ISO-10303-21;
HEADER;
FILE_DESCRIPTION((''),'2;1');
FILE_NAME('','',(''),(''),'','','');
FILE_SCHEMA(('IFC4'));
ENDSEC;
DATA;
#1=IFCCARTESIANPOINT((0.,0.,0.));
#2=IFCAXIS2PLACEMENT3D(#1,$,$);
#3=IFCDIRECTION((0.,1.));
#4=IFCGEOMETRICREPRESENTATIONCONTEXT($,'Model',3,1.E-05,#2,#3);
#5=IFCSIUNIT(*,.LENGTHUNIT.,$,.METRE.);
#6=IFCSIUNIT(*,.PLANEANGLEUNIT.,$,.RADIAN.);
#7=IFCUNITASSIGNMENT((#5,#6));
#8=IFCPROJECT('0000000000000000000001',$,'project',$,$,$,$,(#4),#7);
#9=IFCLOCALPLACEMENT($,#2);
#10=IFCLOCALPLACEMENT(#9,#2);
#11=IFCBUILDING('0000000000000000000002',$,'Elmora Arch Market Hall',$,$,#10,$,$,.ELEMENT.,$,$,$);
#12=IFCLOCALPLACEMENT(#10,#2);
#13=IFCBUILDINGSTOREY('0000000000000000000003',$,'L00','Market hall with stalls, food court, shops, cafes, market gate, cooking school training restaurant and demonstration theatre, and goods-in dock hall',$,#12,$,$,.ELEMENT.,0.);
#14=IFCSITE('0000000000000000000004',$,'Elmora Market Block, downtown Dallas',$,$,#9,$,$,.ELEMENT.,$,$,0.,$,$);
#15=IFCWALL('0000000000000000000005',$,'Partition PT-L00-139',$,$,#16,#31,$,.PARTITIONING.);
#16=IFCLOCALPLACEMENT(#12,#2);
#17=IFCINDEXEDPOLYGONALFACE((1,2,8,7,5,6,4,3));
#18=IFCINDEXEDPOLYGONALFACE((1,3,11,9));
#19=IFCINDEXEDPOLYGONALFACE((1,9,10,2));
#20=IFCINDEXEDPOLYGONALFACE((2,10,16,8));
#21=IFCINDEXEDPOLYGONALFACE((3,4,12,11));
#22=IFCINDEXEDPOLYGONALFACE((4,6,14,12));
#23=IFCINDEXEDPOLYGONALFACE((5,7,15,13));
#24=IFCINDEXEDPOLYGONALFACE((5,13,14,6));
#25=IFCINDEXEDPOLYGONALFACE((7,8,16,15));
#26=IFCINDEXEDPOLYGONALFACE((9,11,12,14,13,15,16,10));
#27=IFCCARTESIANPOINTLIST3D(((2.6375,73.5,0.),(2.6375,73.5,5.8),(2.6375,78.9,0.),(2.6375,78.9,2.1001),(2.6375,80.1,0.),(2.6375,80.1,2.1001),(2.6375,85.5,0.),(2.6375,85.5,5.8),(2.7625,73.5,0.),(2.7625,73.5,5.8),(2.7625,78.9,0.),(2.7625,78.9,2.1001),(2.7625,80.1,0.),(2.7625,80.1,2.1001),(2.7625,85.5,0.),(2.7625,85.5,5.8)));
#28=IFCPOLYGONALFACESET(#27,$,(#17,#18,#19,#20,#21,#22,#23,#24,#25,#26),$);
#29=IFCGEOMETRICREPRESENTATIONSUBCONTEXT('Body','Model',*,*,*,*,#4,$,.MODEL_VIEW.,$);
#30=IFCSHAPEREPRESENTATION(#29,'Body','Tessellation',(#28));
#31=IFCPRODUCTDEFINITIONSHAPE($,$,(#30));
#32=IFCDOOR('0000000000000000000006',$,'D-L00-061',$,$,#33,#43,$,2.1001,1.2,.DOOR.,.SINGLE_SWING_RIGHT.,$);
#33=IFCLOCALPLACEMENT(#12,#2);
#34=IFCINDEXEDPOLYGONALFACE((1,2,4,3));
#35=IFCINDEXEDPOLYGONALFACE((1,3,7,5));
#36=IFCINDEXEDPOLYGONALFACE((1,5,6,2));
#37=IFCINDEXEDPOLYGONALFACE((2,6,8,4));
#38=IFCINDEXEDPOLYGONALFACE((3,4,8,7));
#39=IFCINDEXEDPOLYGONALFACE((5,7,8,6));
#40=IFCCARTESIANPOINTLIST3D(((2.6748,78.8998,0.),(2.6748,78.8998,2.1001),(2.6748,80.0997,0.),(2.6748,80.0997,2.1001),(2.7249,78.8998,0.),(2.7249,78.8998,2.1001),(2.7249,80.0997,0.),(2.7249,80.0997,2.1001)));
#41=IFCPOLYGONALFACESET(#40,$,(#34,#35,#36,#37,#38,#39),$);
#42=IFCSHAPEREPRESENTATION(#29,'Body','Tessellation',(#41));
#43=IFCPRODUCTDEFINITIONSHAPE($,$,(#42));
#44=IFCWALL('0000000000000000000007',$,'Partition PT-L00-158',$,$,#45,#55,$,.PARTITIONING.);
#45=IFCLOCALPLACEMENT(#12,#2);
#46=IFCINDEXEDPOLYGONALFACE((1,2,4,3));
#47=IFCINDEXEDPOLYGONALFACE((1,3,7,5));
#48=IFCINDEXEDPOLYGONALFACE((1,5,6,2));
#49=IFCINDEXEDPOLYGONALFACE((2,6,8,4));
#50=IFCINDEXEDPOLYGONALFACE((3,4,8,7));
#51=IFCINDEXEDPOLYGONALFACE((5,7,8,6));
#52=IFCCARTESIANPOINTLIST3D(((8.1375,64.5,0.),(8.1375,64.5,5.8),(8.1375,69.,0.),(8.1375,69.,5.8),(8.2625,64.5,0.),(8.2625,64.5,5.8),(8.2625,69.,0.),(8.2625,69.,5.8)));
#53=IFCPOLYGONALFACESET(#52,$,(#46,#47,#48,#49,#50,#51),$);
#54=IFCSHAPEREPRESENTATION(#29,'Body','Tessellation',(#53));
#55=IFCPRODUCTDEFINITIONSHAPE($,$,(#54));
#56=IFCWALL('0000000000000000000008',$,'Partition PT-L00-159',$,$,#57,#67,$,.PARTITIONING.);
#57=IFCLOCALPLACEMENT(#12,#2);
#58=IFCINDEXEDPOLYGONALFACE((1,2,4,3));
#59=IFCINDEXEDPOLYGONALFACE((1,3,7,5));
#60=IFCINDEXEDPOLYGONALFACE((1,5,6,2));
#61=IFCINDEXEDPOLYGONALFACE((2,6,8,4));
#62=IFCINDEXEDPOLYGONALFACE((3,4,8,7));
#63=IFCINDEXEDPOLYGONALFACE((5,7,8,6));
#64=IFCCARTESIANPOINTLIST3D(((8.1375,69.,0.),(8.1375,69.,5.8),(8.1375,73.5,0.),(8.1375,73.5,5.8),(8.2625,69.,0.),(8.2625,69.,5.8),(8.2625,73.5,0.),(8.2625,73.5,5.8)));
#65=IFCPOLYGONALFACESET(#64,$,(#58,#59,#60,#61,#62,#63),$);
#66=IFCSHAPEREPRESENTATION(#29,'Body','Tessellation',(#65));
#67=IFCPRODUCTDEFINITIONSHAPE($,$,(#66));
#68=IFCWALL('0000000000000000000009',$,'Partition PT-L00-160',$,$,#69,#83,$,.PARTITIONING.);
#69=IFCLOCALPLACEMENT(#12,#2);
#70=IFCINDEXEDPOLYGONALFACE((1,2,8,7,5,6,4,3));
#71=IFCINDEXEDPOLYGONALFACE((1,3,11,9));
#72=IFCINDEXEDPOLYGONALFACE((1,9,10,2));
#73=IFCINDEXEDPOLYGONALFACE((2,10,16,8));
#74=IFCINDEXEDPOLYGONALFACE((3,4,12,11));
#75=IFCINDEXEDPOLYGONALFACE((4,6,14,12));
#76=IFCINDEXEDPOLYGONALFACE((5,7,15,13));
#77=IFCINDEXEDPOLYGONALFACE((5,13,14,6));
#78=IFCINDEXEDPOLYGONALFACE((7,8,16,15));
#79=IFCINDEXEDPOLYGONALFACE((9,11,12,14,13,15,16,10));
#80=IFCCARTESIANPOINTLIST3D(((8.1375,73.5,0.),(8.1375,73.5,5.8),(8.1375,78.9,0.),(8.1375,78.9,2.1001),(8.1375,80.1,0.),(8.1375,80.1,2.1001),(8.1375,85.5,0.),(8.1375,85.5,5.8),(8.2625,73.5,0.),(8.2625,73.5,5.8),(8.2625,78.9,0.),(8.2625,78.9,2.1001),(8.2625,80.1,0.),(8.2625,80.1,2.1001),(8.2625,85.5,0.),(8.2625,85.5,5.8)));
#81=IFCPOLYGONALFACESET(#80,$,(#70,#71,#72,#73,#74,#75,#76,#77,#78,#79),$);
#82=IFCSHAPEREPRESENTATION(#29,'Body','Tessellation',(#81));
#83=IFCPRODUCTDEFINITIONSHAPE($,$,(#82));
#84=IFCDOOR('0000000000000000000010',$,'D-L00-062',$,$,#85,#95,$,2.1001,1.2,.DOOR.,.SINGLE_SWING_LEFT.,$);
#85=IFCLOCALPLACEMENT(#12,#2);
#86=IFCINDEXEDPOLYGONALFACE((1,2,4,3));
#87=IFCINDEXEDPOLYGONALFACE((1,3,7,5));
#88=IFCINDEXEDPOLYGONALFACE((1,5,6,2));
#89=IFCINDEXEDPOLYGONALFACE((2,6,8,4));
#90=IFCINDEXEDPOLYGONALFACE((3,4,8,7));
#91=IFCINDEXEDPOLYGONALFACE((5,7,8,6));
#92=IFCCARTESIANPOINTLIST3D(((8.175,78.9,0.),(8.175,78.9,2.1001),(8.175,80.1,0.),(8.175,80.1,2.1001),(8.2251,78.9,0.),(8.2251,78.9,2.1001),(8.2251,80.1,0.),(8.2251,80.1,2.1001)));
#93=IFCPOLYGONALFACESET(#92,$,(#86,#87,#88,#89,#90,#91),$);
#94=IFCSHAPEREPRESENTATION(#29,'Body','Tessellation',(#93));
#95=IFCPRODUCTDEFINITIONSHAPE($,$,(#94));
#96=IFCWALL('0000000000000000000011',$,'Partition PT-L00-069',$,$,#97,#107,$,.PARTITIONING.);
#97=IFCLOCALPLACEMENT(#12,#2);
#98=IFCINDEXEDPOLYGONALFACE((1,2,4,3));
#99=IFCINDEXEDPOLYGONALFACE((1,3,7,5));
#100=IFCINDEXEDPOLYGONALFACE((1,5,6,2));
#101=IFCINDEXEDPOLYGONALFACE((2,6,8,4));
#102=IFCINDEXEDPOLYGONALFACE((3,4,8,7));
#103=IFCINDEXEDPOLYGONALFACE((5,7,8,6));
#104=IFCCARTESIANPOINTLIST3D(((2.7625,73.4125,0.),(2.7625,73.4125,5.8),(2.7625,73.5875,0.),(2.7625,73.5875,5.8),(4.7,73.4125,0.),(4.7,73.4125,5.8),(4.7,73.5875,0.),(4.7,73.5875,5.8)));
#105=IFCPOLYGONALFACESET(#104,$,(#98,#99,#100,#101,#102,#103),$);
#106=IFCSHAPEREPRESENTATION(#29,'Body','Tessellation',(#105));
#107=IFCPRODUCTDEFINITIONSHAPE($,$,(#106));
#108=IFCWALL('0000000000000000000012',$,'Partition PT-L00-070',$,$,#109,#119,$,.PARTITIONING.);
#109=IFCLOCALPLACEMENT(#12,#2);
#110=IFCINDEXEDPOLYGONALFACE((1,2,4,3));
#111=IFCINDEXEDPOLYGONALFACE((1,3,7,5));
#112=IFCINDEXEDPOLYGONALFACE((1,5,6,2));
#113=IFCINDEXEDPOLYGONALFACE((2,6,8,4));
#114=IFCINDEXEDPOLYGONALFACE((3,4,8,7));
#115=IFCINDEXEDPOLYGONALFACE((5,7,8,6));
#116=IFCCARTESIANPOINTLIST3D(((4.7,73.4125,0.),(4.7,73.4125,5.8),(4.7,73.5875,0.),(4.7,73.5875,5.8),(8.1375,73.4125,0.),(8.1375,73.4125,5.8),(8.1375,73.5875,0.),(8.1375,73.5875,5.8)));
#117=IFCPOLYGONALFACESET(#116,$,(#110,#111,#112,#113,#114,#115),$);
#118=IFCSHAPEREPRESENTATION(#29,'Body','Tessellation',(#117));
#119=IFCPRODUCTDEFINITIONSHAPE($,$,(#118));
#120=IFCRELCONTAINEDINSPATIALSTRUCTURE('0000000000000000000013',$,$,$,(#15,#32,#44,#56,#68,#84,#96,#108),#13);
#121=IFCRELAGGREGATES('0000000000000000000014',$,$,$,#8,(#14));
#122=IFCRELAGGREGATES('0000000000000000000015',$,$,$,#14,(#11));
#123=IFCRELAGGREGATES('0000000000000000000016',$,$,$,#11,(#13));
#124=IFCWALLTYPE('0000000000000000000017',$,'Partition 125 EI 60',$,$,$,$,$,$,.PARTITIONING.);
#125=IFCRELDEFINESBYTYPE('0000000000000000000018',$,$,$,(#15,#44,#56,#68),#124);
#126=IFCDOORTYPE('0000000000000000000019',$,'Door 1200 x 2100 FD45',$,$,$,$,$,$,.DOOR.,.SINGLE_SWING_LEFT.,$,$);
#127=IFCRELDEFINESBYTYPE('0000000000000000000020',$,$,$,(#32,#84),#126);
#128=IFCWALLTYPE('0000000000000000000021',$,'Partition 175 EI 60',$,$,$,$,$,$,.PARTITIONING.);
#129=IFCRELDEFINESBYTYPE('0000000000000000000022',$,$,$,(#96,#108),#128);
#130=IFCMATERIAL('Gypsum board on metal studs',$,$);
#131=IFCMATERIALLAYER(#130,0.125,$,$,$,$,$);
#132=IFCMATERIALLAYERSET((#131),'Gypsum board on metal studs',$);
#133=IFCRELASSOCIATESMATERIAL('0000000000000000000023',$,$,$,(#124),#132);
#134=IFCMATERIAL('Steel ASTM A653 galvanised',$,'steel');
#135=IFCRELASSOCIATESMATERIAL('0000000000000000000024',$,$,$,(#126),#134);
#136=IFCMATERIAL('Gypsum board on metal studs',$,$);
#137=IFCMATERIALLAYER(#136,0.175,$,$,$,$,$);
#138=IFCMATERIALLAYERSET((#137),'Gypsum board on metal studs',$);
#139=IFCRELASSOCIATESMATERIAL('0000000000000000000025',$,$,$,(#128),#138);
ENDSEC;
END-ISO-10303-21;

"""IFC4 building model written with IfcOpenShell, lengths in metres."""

from ifc_helpers import new_model, si_unit, direction, frame, frame_2d, origin, place, context, subcontext, project, spatial, rectangle, extrude, material, layer, layer_set, type_object, element, fill, save


model = new_model("IFC4")

# Units and contexts
model_context = context("Model", 3, precision=1e-05, world=origin(), true_north=direction((0.0, 1.0)))
body_context = subcontext(model_context, "Body", "Model", "MODEL_VIEW")
ifc_project = project(units=[si_unit("LENGTHUNIT", "METRE"), si_unit("PLANEANGLEUNIT", "RADIAN")], contexts=[model_context])

# Site, building, storey
site_placement = place(None, origin())
site = spatial("IfcSite", under=ifc_project, at=site_placement, Name="Elmora Market Block, downtown Dallas", CompositionType="ELEMENT", RefElevation=0.0)
building_placement = place(site_placement, origin())
building = spatial("IfcBuilding", under=site, at=building_placement, Name="Elmora Arch Market Hall", CompositionType="ELEMENT")
storey_placement = place(building_placement, origin())
storey = spatial("IfcBuildingStorey", under=building, at=storey_placement, Name="L00", Description="Market hall with stalls, food court, shops, cafes, market gate, cooking school training restaurant and demonstration theatre, and goods-in dock hall", CompositionType="ELEMENT", Elevation=0.0)

# Wall, opening, door
ifc_material_1 = material(Name="Gypsum board on metal studs")
ifc_layer_1 = layer(ifc_material_1, 0.125)
ifc_layer_set_1 = layer_set([ifc_layer_1], Name="Gypsum board on metal studs")
wall_type_1 = type_object("IfcWallType", Name="Partition 125 EI 60", PredefinedType="PARTITIONING", material=ifc_layer_set_1)
wall_1_placement = place(storey_placement, frame((2.7, 73.5, 0.0), z_axis=(0.0, 0.0, 1.0), x_axis=(0.0, 1.0, 0.0)))
wall_1 = element("IfcWall", 1, at=wall_1_placement, inside=storey, type_object=wall_type_1, Name="Partition PT-L00-139", PredefinedType="PARTITIONING", context=body_context, shape_type="SweptSolid", body=[
    extrude(rectangle(XDim=12.0, YDim=0.125, at=frame_2d((6.0, 0.0))), origin(), (0.0, 0.0, 1.0), 5.8),
])
opening_1_placement = place(wall_1_placement, frame((5.3999, 0.0, 0.0)))
opening_1 = element("IfcOpeningElement", 2, at=opening_1_placement, cuts=wall_1, PredefinedType="OPENING", context=body_context, shape_type="SweptSolid", body=[
    extrude(rectangle(XDim=1.2, YDim=2.1001, at=frame_2d((0.6001, 1.05))), frame((0.0, 0.0725, 0.0), z_axis=(0.0, -1.0, 0.0), x_axis=(1.0, 0.0, 0.0)), (0.0, 0.0, 1.0), 0.145),
])
ifc_material_2 = material(Name="Steel ASTM A653 galvanised", Category="steel")
door_type_1 = type_object("IfcDoorType", Name="Door 1200 x 2100 FD45", OperationType="SINGLE_SWING_LEFT", PredefinedType="DOOR", material=ifc_material_2)
door_1_placement = place(opening_1_placement, frame((1.2, 0.0, 0.0), z_axis=(0.0, 0.0, 1.0), x_axis=(-1.0, 0.0, 0.0)))
door_1 = element("IfcDoor", 3, at=door_1_placement, inside=storey, type_object=door_type_1, Name="D-L00-061", OperationType="SINGLE_SWING_RIGHT", OverallHeight=2.1001, OverallWidth=1.2, PredefinedType="DOOR", context=body_context, shape_type="SweptSolid", body=[
    extrude(rectangle(XDim=1.2, YDim=2.1001, at=frame_2d((0.6001, 1.05))), frame((0.0, 0.0249, 0.0), z_axis=(0.0, -1.0, 0.0), x_axis=(1.0, 0.0, 0.0)), (0.0, 0.0, 1.0), 0.05),
])
fill(opening_1, door_1)

# Walls
for number, where, z_axis, x_axis, name in (
    (4, (8.2, 64.5, 0.0), (0.0, 0.0, 1.0), (0.0, 1.0, 0.0), "Partition PT-L00-158"),
    (5, (8.2, 69.0, 0.0), (0.0, 0.0, 1.0), (0.0, 1.0, 0.0), "Partition PT-L00-159"),
):
    element("IfcWall", number, at=place(storey_placement, frame(where, z_axis=z_axis, x_axis=x_axis)), inside=storey, type_object=wall_type_1, Name=name, PredefinedType="PARTITIONING", context=body_context, shape_type="SweptSolid", body=[
        extrude(rectangle(XDim=4.5, YDim=0.125, at=frame_2d((2.25, 0.0))), origin(), (0.0, 0.0, 1.0), 5.8),
    ])

# Wall, opening, door
wall_2_placement = place(storey_placement, frame((8.2, 73.5, 0.0), z_axis=(0.0, 0.0, 1.0), x_axis=(0.0, 1.0, 0.0)))
wall_2 = element("IfcWall", 6, at=wall_2_placement, inside=storey, type_object=wall_type_1, Name="Partition PT-L00-160", PredefinedType="PARTITIONING", context=body_context, shape_type="SweptSolid", body=[
    extrude(rectangle(XDim=12.0, YDim=0.125, at=frame_2d((6.0, 0.0))), origin(), (0.0, 0.0, 1.0), 5.8),
])
opening_2_placement = place(wall_2_placement, frame((5.3999, 0.0, 0.0)))
opening_2 = element("IfcOpeningElement", 7, at=opening_2_placement, cuts=wall_2, PredefinedType="OPENING", context=body_context, shape_type="SweptSolid", body=[
    extrude(rectangle(XDim=1.2, YDim=2.1001, at=frame_2d((0.6001, 1.05))), frame((0.0, 0.0725, 0.0), z_axis=(0.0, -1.0, 0.0), x_axis=(1.0, 0.0, 0.0)), (0.0, 0.0, 1.0), 0.145),
])
door_2_placement = place(opening_2_placement, origin())
door_2 = element("IfcDoor", 8, at=door_2_placement, inside=storey, type_object=door_type_1, Name="D-L00-062", OperationType="SINGLE_SWING_LEFT", OverallHeight=2.1001, OverallWidth=1.2, PredefinedType="DOOR", context=body_context, shape_type="SweptSolid", body=[
    extrude(rectangle(XDim=1.2, YDim=2.1001, at=frame_2d((0.6001, 1.05))), frame((0.0, 0.0249, 0.0), z_axis=(0.0, -1.0, 0.0), x_axis=(1.0, 0.0, 0.0)), (0.0, 0.0, 1.0), 0.05),
])
fill(opening_2, door_2)

# Walls
ifc_material_3 = material(Name="Gypsum board on metal studs")
ifc_layer_2 = layer(ifc_material_3, 0.175)
ifc_layer_set_2 = layer_set([ifc_layer_2], Name="Gypsum board on metal studs")
wall_type_2 = type_object("IfcWallType", Name="Partition 175 EI 60", PredefinedType="PARTITIONING", material=ifc_layer_set_2)
wall_3_placement = place(storey_placement, frame((2.7625, 73.5, 0.0), z_axis=(0.0, 0.0, 1.0), x_axis=(1.0, 0.0, 0.0)))
element("IfcWall", 9, at=wall_3_placement, inside=storey, type_object=wall_type_2, Name="Partition PT-L00-069", PredefinedType="PARTITIONING", context=body_context, shape_type="SweptSolid", body=[
    extrude(rectangle(XDim=1.9375, YDim=0.175, at=frame_2d((0.9688, 0.0))), origin(), (0.0, 0.0, 1.0), 5.8),
])
wall_4_placement = place(storey_placement, frame((4.7, 73.5, 0.0), z_axis=(0.0, 0.0, 1.0), x_axis=(1.0, 0.0, 0.0)))
element("IfcWall", 10, at=wall_4_placement, inside=storey, type_object=wall_type_2, Name="Partition PT-L00-070", PredefinedType="PARTITIONING", context=body_context, shape_type="SweptSolid", body=[
    extrude(rectangle(XDim=3.4375, YDim=0.175, at=frame_2d((1.7188, 0.0))), origin(), (0.0, 0.0, 1.0), 5.8),
])

save(model, "model.ifc")
